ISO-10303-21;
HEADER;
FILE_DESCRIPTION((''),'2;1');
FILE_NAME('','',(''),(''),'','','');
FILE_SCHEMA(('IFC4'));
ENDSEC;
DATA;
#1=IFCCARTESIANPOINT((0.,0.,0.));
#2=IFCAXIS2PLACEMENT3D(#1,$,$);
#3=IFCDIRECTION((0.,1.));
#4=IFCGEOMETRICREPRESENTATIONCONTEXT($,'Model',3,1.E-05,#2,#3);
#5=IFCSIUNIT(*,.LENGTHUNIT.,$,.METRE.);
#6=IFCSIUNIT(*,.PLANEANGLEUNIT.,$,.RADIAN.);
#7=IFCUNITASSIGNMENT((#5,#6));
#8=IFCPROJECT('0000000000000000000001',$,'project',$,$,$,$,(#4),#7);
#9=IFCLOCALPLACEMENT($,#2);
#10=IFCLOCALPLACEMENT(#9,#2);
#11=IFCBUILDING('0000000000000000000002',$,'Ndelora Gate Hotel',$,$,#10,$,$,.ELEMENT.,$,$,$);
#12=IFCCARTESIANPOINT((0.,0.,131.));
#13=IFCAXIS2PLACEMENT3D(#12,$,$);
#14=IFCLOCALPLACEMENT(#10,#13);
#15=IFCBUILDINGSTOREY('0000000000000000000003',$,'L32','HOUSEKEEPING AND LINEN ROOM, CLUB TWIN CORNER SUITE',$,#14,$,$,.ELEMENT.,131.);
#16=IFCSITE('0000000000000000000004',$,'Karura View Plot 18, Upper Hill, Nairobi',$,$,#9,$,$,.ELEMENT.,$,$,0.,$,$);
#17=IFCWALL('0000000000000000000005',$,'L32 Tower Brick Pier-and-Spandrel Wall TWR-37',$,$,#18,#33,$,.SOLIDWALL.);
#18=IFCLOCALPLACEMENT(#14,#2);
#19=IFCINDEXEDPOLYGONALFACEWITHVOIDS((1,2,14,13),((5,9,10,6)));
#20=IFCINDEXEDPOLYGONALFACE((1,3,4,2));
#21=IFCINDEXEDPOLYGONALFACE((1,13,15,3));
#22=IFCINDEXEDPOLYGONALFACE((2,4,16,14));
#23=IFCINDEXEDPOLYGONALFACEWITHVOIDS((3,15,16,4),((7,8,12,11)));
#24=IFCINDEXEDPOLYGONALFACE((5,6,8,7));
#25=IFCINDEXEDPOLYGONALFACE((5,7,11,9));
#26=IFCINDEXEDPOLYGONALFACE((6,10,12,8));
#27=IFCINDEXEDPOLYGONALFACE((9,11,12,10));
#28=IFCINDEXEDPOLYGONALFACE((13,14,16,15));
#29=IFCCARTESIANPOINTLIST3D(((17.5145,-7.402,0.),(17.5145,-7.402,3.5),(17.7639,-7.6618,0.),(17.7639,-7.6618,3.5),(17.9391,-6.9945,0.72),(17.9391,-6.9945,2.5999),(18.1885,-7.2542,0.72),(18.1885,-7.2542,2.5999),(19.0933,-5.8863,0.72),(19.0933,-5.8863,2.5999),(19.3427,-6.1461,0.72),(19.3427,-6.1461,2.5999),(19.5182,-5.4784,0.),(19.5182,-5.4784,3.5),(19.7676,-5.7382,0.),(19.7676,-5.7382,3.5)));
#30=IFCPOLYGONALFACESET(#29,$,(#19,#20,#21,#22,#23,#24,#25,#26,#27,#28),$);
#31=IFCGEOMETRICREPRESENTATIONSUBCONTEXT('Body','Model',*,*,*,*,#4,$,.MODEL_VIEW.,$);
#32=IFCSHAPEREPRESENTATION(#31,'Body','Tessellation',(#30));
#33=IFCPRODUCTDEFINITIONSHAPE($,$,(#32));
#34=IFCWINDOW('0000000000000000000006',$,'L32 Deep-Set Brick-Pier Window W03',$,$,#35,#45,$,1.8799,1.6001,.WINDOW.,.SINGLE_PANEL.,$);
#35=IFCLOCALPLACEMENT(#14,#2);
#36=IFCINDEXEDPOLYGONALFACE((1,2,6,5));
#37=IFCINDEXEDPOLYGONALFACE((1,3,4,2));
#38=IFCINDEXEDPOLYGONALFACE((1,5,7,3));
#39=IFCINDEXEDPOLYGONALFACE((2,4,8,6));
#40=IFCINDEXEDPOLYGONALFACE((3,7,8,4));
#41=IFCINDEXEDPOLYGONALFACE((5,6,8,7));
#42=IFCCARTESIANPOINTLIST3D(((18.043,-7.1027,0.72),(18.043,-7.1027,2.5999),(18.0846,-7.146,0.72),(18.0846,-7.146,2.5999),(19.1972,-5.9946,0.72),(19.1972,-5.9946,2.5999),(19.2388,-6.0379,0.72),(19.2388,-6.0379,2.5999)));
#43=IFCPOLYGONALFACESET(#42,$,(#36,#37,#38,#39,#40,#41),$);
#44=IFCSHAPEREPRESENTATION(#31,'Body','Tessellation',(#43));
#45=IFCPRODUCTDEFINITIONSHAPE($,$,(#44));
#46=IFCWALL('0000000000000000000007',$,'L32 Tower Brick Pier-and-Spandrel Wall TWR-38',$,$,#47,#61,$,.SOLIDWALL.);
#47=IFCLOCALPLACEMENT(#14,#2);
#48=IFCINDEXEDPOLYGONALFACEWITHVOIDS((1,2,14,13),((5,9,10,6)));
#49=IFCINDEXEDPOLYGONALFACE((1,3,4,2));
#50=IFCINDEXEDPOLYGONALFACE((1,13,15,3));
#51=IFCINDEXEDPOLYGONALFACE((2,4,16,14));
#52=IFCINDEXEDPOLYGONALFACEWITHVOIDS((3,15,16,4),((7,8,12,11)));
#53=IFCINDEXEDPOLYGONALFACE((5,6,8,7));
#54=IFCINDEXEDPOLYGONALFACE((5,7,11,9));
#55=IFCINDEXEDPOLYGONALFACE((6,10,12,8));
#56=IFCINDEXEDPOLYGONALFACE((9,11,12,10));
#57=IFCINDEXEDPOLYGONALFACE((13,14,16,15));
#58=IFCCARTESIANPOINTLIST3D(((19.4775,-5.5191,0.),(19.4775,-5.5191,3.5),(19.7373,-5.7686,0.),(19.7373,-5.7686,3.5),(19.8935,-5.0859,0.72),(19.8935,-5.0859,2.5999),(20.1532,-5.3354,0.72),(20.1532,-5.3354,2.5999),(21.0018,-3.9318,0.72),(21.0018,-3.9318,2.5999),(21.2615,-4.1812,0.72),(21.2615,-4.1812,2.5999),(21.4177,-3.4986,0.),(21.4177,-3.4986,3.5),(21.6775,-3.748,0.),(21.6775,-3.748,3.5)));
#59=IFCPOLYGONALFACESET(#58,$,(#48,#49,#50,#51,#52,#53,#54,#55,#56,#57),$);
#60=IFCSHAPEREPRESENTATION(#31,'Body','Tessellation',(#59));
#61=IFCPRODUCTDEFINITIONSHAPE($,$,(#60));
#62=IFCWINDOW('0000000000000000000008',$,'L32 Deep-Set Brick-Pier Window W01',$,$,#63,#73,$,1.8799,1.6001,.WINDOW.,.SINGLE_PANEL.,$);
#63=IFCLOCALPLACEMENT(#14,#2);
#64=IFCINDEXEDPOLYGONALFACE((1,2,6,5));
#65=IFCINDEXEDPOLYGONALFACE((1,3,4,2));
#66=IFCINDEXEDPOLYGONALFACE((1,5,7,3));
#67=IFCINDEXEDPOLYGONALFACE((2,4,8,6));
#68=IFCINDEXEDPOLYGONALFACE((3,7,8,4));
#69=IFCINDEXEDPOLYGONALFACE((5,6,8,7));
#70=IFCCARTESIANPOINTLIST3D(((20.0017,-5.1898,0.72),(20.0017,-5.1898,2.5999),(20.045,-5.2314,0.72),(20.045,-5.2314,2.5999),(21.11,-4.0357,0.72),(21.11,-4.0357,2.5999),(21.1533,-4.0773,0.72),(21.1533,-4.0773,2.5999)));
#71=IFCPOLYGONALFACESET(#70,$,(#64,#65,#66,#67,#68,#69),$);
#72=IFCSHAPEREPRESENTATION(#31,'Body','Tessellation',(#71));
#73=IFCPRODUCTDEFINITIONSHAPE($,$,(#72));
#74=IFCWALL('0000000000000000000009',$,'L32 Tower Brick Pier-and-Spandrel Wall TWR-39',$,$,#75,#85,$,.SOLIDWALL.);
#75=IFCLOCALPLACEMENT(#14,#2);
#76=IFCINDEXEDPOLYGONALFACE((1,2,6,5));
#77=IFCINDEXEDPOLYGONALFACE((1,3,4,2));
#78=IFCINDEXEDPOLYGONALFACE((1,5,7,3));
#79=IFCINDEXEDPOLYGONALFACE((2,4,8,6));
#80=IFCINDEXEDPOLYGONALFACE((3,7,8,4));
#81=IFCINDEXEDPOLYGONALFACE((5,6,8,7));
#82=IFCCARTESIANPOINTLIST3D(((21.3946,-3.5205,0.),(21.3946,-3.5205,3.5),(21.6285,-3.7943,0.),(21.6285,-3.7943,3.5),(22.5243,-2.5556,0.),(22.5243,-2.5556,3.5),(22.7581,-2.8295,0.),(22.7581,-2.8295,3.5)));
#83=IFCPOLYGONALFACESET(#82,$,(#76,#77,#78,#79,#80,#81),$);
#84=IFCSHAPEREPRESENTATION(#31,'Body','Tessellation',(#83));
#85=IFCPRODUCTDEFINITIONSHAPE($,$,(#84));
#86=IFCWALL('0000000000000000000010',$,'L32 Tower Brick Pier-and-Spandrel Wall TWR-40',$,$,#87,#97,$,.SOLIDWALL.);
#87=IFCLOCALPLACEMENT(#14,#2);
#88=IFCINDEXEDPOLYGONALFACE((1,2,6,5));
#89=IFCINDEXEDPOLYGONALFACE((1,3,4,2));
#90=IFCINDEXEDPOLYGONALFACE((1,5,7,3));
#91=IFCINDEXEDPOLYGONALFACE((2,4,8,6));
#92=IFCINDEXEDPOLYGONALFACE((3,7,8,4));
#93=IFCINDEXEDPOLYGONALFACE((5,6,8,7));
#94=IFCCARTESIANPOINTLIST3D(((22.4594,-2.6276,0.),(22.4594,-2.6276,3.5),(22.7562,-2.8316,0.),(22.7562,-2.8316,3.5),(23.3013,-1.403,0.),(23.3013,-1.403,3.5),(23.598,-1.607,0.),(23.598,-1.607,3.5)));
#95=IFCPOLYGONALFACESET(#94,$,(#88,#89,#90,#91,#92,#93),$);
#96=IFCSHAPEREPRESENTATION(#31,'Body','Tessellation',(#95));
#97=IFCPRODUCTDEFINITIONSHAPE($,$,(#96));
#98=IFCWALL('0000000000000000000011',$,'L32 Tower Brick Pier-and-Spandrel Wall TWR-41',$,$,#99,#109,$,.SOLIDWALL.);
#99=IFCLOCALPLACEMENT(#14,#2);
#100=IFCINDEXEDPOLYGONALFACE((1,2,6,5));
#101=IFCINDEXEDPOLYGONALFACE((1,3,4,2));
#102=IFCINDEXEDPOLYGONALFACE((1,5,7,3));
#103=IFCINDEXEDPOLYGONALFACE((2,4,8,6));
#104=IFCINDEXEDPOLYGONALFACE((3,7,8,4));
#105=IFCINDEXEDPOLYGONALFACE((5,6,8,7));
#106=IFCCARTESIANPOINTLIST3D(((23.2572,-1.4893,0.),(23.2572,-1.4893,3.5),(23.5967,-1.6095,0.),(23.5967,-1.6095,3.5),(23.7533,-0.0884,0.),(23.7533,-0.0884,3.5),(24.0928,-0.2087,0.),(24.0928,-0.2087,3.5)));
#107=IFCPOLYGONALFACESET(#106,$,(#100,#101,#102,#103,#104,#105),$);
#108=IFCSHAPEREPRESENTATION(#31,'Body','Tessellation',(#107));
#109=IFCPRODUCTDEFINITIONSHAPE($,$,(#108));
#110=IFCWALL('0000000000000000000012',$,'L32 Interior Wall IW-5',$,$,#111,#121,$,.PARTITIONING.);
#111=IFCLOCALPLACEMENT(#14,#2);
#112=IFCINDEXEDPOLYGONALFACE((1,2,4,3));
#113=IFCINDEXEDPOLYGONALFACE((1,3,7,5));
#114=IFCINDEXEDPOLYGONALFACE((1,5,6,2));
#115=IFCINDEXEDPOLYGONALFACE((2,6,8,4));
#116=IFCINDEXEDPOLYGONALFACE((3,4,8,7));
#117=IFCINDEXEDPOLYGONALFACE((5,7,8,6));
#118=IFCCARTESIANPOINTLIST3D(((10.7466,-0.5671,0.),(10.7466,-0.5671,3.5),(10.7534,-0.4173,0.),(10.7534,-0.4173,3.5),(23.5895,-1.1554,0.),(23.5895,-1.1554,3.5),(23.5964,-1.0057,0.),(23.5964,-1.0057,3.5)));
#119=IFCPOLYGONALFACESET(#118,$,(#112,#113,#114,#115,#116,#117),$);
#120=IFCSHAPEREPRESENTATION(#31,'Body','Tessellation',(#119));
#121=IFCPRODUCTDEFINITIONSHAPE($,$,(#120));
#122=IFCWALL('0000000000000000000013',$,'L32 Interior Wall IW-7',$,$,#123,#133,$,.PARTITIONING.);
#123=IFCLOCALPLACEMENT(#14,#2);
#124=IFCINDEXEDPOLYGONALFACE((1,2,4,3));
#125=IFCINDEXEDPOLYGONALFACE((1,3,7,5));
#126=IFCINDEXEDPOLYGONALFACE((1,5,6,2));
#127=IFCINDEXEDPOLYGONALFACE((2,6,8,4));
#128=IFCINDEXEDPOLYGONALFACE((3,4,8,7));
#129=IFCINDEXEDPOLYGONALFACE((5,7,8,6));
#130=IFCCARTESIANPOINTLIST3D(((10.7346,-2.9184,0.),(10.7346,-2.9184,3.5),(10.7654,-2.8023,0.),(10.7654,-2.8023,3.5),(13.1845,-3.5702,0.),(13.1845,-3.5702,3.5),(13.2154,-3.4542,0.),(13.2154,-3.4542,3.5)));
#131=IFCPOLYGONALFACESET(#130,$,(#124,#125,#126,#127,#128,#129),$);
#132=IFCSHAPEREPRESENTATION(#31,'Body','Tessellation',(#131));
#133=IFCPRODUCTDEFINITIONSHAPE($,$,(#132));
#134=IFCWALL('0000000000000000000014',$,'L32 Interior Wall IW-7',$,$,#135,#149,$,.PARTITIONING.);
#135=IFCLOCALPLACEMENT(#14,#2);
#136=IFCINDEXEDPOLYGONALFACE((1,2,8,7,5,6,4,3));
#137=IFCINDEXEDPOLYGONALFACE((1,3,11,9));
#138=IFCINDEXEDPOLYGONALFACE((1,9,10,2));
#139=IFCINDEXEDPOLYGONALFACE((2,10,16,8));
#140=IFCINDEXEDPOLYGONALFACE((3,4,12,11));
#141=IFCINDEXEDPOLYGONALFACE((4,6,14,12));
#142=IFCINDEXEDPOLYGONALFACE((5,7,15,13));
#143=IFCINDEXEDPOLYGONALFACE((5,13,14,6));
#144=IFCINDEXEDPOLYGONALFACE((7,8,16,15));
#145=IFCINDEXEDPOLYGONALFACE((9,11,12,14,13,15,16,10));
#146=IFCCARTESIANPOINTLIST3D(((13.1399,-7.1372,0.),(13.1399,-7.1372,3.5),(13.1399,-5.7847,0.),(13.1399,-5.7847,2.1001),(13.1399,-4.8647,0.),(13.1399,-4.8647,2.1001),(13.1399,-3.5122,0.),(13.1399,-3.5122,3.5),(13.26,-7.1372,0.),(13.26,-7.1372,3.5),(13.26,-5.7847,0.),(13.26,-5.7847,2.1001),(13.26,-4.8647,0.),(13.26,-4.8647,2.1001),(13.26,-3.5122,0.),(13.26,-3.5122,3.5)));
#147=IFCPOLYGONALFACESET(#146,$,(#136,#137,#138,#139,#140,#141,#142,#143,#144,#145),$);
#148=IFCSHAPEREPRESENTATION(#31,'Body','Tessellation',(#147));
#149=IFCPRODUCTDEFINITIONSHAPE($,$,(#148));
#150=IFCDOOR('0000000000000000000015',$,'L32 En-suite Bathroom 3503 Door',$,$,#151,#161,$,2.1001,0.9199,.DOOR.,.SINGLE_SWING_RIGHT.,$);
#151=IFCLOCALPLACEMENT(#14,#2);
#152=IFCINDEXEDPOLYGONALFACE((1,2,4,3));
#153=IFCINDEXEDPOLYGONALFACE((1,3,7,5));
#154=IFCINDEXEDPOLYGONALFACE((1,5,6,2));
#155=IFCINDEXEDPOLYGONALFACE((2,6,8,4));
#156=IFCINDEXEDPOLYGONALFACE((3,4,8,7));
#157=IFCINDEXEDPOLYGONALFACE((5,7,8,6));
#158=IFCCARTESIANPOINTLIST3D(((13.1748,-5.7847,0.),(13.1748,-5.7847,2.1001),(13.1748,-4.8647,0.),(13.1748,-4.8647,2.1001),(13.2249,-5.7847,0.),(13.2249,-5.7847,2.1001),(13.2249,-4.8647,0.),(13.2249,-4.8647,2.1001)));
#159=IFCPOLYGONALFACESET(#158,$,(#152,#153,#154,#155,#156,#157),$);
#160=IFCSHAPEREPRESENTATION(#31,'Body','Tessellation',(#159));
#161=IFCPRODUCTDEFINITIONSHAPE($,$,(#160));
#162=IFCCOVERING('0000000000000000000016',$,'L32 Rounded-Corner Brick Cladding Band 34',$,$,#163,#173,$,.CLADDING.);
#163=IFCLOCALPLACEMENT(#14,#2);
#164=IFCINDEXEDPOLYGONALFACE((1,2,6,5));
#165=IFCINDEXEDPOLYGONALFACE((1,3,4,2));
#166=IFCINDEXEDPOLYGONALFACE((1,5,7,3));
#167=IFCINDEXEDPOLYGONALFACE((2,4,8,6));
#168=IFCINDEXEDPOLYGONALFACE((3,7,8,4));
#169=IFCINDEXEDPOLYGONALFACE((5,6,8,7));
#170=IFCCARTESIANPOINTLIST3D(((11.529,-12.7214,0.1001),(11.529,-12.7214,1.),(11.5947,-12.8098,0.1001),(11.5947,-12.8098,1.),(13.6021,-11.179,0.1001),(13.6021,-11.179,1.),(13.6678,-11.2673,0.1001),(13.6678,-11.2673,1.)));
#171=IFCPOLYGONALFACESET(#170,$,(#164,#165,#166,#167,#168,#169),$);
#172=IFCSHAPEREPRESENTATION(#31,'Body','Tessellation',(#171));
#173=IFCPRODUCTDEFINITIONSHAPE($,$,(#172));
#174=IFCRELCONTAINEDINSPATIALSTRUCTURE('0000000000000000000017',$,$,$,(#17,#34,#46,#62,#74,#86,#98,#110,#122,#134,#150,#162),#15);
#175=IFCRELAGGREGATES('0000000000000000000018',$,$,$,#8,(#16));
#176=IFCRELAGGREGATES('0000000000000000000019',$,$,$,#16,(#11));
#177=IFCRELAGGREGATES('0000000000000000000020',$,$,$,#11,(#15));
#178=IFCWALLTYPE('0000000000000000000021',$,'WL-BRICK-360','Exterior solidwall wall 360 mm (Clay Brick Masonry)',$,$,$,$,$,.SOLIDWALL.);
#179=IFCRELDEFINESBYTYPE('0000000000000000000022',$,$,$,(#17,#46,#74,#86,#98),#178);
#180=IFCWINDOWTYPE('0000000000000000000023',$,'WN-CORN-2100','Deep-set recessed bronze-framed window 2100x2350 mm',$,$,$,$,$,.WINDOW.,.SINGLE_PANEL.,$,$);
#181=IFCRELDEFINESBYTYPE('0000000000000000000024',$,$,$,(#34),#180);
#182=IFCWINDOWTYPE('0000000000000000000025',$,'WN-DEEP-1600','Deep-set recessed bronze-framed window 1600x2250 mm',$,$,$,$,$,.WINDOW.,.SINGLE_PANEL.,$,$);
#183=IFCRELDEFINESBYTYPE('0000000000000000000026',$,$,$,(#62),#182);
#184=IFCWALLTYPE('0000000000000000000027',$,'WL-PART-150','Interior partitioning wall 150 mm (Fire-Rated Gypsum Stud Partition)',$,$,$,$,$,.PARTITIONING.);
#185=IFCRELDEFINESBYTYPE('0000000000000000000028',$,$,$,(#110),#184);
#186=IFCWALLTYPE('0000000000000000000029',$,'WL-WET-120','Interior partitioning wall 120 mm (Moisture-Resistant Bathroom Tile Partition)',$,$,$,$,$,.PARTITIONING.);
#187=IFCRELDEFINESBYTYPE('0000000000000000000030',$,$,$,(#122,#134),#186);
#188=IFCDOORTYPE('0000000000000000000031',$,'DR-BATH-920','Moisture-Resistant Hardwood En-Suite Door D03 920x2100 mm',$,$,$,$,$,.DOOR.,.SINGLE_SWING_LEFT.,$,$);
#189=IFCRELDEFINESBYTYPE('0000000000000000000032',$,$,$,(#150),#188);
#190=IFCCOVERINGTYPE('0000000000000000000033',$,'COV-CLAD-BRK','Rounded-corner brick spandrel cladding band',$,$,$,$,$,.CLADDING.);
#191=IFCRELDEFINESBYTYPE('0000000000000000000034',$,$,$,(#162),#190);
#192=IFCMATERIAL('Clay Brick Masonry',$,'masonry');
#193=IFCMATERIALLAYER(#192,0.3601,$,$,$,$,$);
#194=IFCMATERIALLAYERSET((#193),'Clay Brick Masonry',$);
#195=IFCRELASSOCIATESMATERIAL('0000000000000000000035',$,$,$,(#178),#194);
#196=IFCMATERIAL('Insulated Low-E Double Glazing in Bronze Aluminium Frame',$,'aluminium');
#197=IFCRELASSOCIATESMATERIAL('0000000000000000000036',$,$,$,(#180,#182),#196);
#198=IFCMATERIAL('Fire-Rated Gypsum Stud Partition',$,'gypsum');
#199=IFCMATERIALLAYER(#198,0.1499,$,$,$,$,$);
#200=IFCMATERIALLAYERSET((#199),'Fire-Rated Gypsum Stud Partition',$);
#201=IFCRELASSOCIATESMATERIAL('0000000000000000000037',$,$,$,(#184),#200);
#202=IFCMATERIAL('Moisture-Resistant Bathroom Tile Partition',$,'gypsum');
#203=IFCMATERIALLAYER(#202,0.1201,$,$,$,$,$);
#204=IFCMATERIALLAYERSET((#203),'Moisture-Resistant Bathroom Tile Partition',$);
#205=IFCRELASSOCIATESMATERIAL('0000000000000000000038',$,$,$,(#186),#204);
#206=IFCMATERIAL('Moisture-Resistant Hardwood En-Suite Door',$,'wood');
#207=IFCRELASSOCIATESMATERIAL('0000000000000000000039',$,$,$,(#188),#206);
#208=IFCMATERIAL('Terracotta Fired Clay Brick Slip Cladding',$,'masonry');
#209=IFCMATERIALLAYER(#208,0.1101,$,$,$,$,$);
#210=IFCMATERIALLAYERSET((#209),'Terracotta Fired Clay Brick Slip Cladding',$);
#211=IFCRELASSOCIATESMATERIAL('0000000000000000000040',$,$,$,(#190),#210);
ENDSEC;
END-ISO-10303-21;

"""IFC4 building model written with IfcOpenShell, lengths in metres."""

from ifc_helpers import new_model, si_unit, direction, frame, frame_2d, origin, origin_2d, place, context, subcontext, project, spatial, rectangle, extrude, material, layer, layer_set, type_object, element, fill, save


model = new_model("IFC4")

# Units and contexts
model_context = context("Model", 3, precision=1e-05, world=origin(), true_north=direction((0.0, 1.0)))
body_context = subcontext(model_context, "Body", "Model", "MODEL_VIEW")
ifc_project = project(units=[si_unit("LENGTHUNIT", "METRE"), si_unit("PLANEANGLEUNIT", "RADIAN")], contexts=[model_context])

# Site, building, storey
site_placement = place(None, origin())
site = spatial("IfcSite", under=ifc_project, at=site_placement, Name="Karura View Plot 18, Upper Hill, Nairobi", CompositionType="ELEMENT", RefElevation=0.0)
building_placement = place(site_placement, origin())
building = spatial("IfcBuilding", under=site, at=building_placement, Name="Ndelora Gate Hotel", CompositionType="ELEMENT")
storey_placement = place(building_placement, frame((0.0, 0.0, 131.0)))
storey = spatial("IfcBuildingStorey", under=building, at=storey_placement, Name="L32", Description="HOUSEKEEPING AND LINEN ROOM, CLUB TWIN CORNER SUITE", CompositionType="ELEMENT", Elevation=131.0)

# Shared definitions
ifc_material_1 = material(Name="Clay Brick Masonry", Category="masonry")
ifc_layer_1 = layer(ifc_material_1, 0.3601)
ifc_layer_set_1 = layer_set([ifc_layer_1], Name="Clay Brick Masonry")
wall_type_1 = type_object("IfcWallType", Name="WL-BRICK-360", Description="Exterior solidwall wall 360 mm (Clay Brick Masonry)", PredefinedType="SOLIDWALL", material=ifc_layer_set_1)
ifc_material_2 = material(Name="Insulated Low-E Double Glazing in Bronze Aluminium Frame", Category="aluminium")

# Walls, openings, windows
wall_1_placement = place(storey_placement, frame((19.6428, -5.6084, 0.0), z_axis=(0.0, 0.0, 1.0), x_axis=(-0.721375, -0.692545, 0.0)))
wall_1 = element("IfcWall", 1, at=wall_1_placement, inside=storey, type_object=wall_type_1, Name="L32 Tower Brick Pier-and-Spandrel Wall TWR-37", PredefinedType="SOLIDWALL", context=body_context, shape_type="SweptSolid", body=[
    extrude(rectangle(XDim=2.7776, YDim=0.3601, at=frame_2d((1.3887, 0.0))), origin(), (0.0, 0.0, 1.0), 3.5),
])
opening_1_placement = place(wall_1_placement, frame((0.5889, 0.0, 0.72)))
opening_1 = element("IfcOpeningElement", 2, at=opening_1_placement, cuts=wall_1, PredefinedType="OPENING", context=body_context, shape_type="SweptSolid", body=[
    extrude(rectangle(XDim=1.6001, YDim=1.8799, at=frame_2d((0.8, 0.9399))), frame((0.0, 0.1899, 0.0), z_axis=(0.0, -1.0, 0.0), x_axis=(1.0, 0.0, 0.0)), (0.0, 0.0, 1.0), 0.3801),
])
window_type_1 = type_object("IfcWindowType", Name="WN-CORN-2100", Description="Deep-set recessed bronze-framed window 2100x2350 mm", PartitioningType="SINGLE_PANEL", PredefinedType="WINDOW", material=ifc_material_2)
window_1_placement = place(opening_1_placement, origin())
window_1 = element("IfcWindow", 3, at=window_1_placement, inside=storey, type_object=window_type_1, Name="L32 Deep-Set Brick-Pier Window W03", OverallHeight=1.8799, OverallWidth=1.6001, PartitioningType="SINGLE_PANEL", PredefinedType="WINDOW", context=body_context, shape_type="SweptSolid", body=[
    extrude(rectangle(XDim=1.6001, YDim=1.8799, at=frame_2d((0.8, 0.9399))), frame((0.0, 0.03, 0.0), z_axis=(0.0, -1.0, 0.0), x_axis=(1.0, 0.0, 0.0)), (0.0, 0.0, 1.0), 0.0601),
])
fill(opening_1, window_1)
wall_2_placement = place(storey_placement, frame((21.5476, -3.6233, 0.0), z_axis=(0.0, 0.0, 1.0), x_axis=(-0.692624, -0.721298, 0.0)))
wall_2 = element("IfcWall", 4, at=wall_2_placement, inside=storey, type_object=wall_type_1, Name="L32 Tower Brick Pier-and-Spandrel Wall TWR-38", PredefinedType="SOLIDWALL", context=body_context, shape_type="SweptSolid", body=[
    extrude(rectangle(XDim=2.8013, YDim=0.3601, at=frame_2d((1.4006, 0.0))), origin(), (0.0, 0.0, 1.0), 3.5),
])
opening_2_placement = place(wall_2_placement, frame((0.6006, 0.0, 0.72)))
opening_2 = element("IfcOpeningElement", 5, at=opening_2_placement, cuts=wall_2, PredefinedType="OPENING", context=body_context, shape_type="SweptSolid", body=[
    extrude(rectangle(XDim=1.6001, YDim=1.8799, at=frame_2d((0.8, 0.9399))), frame((0.0, 0.1899, 0.0), z_axis=(0.0, -1.0, 0.0), x_axis=(1.0, 0.0, 0.0)), (0.0, 0.0, 1.0), 0.3801),
])
window_type_2 = type_object("IfcWindowType", Name="WN-DEEP-1600", Description="Deep-set recessed bronze-framed window 1600x2250 mm", PartitioningType="SINGLE_PANEL", PredefinedType="WINDOW", material=ifc_material_2)
window_2_placement = place(opening_2_placement, origin())
window_2 = element("IfcWindow", 6, at=window_2_placement, inside=storey, type_object=window_type_2, Name="L32 Deep-Set Brick-Pier Window W01", OverallHeight=1.8799, OverallWidth=1.6001, PartitioningType="SINGLE_PANEL", PredefinedType="WINDOW", context=body_context, shape_type="SweptSolid", body=[
    extrude(rectangle(XDim=1.6001, YDim=1.8799, at=frame_2d((0.8, 0.9399))), frame((0.0, 0.03, 0.0), z_axis=(0.0, -1.0, 0.0), x_axis=(1.0, 0.0, 0.0)), (0.0, 0.0, 1.0), 0.0601),
])
fill(opening_2, window_2)

# Walls
wall_3_placement = place(storey_placement, frame((22.6411, -2.6926, 0.0), z_axis=(0.0, 0.0, 1.0), x_axis=(-0.760392, -0.649464, 0.0)))
element("IfcWall", 7, at=wall_3_placement, inside=storey, type_object=wall_type_1, Name="L32 Tower Brick Pier-and-Spandrel Wall TWR-39", PredefinedType="SOLIDWALL", context=body_context, shape_type="SweptSolid", body=[
    extrude(rectangle(XDim=1.4856, YDim=0.3601, at=frame_2d((0.7427, 0.0))), origin(), (0.0, 0.0, 1.0), 3.5),
])
for number, where, z_axis, x_axis, name in (
    (8, (23.4497, -1.5049, 0.0), (0.0, 0.0, 1.0), (-0.566473, -0.82408, 0.0), "L32 Tower Brick Pier-and-Spandrel Wall TWR-40"),
    (9, (23.9231, -0.1484, 0.0), (0.0, 0.0, 1.0), (-0.333817, -0.942638, 0.0), "L32 Tower Brick Pier-and-Spandrel Wall TWR-41"),
):
    element("IfcWall", number, at=place(storey_placement, frame(where, z_axis=z_axis, x_axis=x_axis)), inside=storey, type_object=wall_type_1, Name=name, PredefinedType="SOLIDWALL", context=body_context, shape_type="SweptSolid", body=[
        extrude(rectangle(XDim=1.4861, YDim=0.3601, at=frame_2d((0.7432, 0.0))), origin(), (0.0, 0.0, 1.0), 3.5),
    ])
ifc_material_3 = material(Name="Fire-Rated Gypsum Stud Partition", Category="gypsum")
ifc_layer_2 = layer(ifc_material_3, 0.1499)
ifc_layer_set_2 = layer_set([ifc_layer_2], Name="Fire-Rated Gypsum Stud Partition")
wall_type_2 = type_object("IfcWallType", Name="WL-PART-150", Description="Interior partitioning wall 150 mm (Fire-Rated Gypsum Stud Partition)", PredefinedType="PARTITIONING", material=ifc_layer_set_2)
wall_4_placement = place(storey_placement, frame((10.75, -0.4922, 0.0), z_axis=(0.0, 0.0, 1.0), x_axis=(0.998952, -0.045765, 0.0)))
element("IfcWall", 10, at=wall_4_placement, inside=storey, type_object=wall_type_2, Name="L32 Interior Wall IW-5", PredefinedType="PARTITIONING", context=body_context, shape_type="SweptSolid", body=[
    extrude(rectangle(XDim=12.8564, YDim=0.1499, at=frame_2d((6.4282, 0.0))), origin(), (0.0, 0.0, 1.0), 3.5),
])
ifc_material_4 = material(Name="Moisture-Resistant Bathroom Tile Partition", Category="gypsum")
ifc_layer_3 = layer(ifc_material_4, 0.1201)
ifc_layer_set_3 = layer_set([ifc_layer_3], Name="Moisture-Resistant Bathroom Tile Partition")
wall_type_3 = type_object("IfcWallType", Name="WL-WET-120", Description="Interior partitioning wall 120 mm (Moisture-Resistant Bathroom Tile Partition)", PredefinedType="PARTITIONING", material=ifc_layer_set_3)
wall_5_placement = place(storey_placement, frame((10.75, -2.8604, 0.0), z_axis=(0.0, 0.0, 1.0), x_axis=(0.966379, -0.257123, 0.0)))
element("IfcWall", 11, at=wall_5_placement, inside=storey, type_object=wall_type_3, Name="L32 Interior Wall IW-7", PredefinedType="PARTITIONING", context=body_context, shape_type="SweptSolid", body=[
    extrude(rectangle(XDim=2.5352, YDim=0.1201, at=frame_2d((1.2676, 0.0))), origin(), (0.0, 0.0, 1.0), 3.5),
])

# Wall, opening, door
wall_6_placement = place(storey_placement, frame((13.2, -3.5122, 0.0), z_axis=(0.0, 0.0, 1.0), x_axis=(0.0, -1.0, 0.0)))
wall_6 = element("IfcWall", 12, at=wall_6_placement, inside=storey, type_object=wall_type_3, Name="L32 Interior Wall IW-7", PredefinedType="PARTITIONING", context=body_context, shape_type="SweptSolid", body=[
    extrude(rectangle(XDim=3.625, YDim=0.1201, at=frame_2d((1.8125, 0.0))), origin(), (0.0, 0.0, 1.0), 3.5),
])
opening_3_placement = place(wall_6_placement, frame((1.3525, 0.0, 0.0)))
opening_3 = element("IfcOpeningElement", 13, at=opening_3_placement, cuts=wall_6, PredefinedType="OPENING", context=body_context, shape_type="SweptSolid", body=[
    extrude(rectangle(XDim=0.9199, YDim=2.1001, at=frame_2d((0.46, 1.05))), frame((0.0, 0.0701, 0.0), z_axis=(0.0, -1.0, 0.0), x_axis=(1.0, 0.0, 0.0)), (0.0, 0.0, 1.0), 0.1401),
])
ifc_material_5 = material(Name="Moisture-Resistant Hardwood En-Suite Door", Category="wood")
door_type = type_object("IfcDoorType", Name="DR-BATH-920", Description="Moisture-Resistant Hardwood En-Suite Door D03 920x2100 mm", OperationType="SINGLE_SWING_LEFT", PredefinedType="DOOR", material=ifc_material_5)
door_placement = place(opening_3_placement, origin())
door = element("IfcDoor", 14, at=door_placement, inside=storey, type_object=door_type, Name="L32 En-suite Bathroom 3503 Door", OperationType="SINGLE_SWING_RIGHT", OverallHeight=2.1001, OverallWidth=0.9199, PredefinedType="DOOR", context=body_context, shape_type="SweptSolid", body=[
    extrude(rectangle(XDim=0.9199, YDim=2.1001, at=frame_2d((0.46, 1.05))), frame((0.0, 0.0249, 0.0), z_axis=(0.0, -1.0, 0.0), x_axis=(1.0, 0.0, 0.0)), (0.0, 0.0, 1.0), 0.05),
])
fill(opening_3, door)

# Covering
ifc_material_6 = material(Name="Terracotta Fired Clay Brick Slip Cladding", Category="masonry")
ifc_layer_4 = layer(ifc_material_6, 0.1101)
ifc_layer_set_4 = layer_set([ifc_layer_4], Name="Terracotta Fired Clay Brick Slip Cladding")
covering_type_1 = type_object("IfcCoveringType", Name="COV-CLAD-BRK", Description="Rounded-corner brick spandrel cladding band", PredefinedType="CLADDING", material=ifc_layer_set_4)
covering_1_placement = place(storey_placement, frame((12.5984, -11.9944, 0.1001), z_axis=(0.0, 0.0, 1.0), x_axis=(0.802297, 0.596925, 0.0)))
element("IfcCovering", 15, at=covering_1_placement, inside=storey, type_object=covering_type_1, Name="L32 Rounded-Corner Brick Cladding Band 34", PredefinedType="CLADDING", context=body_context, shape_type="SweptSolid", body=[
    extrude(rectangle(XDim=2.584, YDim=0.1101, at=origin_2d()), origin(), (0.0, 0.0, 1.0), 0.8999),
])

save(model, "model.ifc")
